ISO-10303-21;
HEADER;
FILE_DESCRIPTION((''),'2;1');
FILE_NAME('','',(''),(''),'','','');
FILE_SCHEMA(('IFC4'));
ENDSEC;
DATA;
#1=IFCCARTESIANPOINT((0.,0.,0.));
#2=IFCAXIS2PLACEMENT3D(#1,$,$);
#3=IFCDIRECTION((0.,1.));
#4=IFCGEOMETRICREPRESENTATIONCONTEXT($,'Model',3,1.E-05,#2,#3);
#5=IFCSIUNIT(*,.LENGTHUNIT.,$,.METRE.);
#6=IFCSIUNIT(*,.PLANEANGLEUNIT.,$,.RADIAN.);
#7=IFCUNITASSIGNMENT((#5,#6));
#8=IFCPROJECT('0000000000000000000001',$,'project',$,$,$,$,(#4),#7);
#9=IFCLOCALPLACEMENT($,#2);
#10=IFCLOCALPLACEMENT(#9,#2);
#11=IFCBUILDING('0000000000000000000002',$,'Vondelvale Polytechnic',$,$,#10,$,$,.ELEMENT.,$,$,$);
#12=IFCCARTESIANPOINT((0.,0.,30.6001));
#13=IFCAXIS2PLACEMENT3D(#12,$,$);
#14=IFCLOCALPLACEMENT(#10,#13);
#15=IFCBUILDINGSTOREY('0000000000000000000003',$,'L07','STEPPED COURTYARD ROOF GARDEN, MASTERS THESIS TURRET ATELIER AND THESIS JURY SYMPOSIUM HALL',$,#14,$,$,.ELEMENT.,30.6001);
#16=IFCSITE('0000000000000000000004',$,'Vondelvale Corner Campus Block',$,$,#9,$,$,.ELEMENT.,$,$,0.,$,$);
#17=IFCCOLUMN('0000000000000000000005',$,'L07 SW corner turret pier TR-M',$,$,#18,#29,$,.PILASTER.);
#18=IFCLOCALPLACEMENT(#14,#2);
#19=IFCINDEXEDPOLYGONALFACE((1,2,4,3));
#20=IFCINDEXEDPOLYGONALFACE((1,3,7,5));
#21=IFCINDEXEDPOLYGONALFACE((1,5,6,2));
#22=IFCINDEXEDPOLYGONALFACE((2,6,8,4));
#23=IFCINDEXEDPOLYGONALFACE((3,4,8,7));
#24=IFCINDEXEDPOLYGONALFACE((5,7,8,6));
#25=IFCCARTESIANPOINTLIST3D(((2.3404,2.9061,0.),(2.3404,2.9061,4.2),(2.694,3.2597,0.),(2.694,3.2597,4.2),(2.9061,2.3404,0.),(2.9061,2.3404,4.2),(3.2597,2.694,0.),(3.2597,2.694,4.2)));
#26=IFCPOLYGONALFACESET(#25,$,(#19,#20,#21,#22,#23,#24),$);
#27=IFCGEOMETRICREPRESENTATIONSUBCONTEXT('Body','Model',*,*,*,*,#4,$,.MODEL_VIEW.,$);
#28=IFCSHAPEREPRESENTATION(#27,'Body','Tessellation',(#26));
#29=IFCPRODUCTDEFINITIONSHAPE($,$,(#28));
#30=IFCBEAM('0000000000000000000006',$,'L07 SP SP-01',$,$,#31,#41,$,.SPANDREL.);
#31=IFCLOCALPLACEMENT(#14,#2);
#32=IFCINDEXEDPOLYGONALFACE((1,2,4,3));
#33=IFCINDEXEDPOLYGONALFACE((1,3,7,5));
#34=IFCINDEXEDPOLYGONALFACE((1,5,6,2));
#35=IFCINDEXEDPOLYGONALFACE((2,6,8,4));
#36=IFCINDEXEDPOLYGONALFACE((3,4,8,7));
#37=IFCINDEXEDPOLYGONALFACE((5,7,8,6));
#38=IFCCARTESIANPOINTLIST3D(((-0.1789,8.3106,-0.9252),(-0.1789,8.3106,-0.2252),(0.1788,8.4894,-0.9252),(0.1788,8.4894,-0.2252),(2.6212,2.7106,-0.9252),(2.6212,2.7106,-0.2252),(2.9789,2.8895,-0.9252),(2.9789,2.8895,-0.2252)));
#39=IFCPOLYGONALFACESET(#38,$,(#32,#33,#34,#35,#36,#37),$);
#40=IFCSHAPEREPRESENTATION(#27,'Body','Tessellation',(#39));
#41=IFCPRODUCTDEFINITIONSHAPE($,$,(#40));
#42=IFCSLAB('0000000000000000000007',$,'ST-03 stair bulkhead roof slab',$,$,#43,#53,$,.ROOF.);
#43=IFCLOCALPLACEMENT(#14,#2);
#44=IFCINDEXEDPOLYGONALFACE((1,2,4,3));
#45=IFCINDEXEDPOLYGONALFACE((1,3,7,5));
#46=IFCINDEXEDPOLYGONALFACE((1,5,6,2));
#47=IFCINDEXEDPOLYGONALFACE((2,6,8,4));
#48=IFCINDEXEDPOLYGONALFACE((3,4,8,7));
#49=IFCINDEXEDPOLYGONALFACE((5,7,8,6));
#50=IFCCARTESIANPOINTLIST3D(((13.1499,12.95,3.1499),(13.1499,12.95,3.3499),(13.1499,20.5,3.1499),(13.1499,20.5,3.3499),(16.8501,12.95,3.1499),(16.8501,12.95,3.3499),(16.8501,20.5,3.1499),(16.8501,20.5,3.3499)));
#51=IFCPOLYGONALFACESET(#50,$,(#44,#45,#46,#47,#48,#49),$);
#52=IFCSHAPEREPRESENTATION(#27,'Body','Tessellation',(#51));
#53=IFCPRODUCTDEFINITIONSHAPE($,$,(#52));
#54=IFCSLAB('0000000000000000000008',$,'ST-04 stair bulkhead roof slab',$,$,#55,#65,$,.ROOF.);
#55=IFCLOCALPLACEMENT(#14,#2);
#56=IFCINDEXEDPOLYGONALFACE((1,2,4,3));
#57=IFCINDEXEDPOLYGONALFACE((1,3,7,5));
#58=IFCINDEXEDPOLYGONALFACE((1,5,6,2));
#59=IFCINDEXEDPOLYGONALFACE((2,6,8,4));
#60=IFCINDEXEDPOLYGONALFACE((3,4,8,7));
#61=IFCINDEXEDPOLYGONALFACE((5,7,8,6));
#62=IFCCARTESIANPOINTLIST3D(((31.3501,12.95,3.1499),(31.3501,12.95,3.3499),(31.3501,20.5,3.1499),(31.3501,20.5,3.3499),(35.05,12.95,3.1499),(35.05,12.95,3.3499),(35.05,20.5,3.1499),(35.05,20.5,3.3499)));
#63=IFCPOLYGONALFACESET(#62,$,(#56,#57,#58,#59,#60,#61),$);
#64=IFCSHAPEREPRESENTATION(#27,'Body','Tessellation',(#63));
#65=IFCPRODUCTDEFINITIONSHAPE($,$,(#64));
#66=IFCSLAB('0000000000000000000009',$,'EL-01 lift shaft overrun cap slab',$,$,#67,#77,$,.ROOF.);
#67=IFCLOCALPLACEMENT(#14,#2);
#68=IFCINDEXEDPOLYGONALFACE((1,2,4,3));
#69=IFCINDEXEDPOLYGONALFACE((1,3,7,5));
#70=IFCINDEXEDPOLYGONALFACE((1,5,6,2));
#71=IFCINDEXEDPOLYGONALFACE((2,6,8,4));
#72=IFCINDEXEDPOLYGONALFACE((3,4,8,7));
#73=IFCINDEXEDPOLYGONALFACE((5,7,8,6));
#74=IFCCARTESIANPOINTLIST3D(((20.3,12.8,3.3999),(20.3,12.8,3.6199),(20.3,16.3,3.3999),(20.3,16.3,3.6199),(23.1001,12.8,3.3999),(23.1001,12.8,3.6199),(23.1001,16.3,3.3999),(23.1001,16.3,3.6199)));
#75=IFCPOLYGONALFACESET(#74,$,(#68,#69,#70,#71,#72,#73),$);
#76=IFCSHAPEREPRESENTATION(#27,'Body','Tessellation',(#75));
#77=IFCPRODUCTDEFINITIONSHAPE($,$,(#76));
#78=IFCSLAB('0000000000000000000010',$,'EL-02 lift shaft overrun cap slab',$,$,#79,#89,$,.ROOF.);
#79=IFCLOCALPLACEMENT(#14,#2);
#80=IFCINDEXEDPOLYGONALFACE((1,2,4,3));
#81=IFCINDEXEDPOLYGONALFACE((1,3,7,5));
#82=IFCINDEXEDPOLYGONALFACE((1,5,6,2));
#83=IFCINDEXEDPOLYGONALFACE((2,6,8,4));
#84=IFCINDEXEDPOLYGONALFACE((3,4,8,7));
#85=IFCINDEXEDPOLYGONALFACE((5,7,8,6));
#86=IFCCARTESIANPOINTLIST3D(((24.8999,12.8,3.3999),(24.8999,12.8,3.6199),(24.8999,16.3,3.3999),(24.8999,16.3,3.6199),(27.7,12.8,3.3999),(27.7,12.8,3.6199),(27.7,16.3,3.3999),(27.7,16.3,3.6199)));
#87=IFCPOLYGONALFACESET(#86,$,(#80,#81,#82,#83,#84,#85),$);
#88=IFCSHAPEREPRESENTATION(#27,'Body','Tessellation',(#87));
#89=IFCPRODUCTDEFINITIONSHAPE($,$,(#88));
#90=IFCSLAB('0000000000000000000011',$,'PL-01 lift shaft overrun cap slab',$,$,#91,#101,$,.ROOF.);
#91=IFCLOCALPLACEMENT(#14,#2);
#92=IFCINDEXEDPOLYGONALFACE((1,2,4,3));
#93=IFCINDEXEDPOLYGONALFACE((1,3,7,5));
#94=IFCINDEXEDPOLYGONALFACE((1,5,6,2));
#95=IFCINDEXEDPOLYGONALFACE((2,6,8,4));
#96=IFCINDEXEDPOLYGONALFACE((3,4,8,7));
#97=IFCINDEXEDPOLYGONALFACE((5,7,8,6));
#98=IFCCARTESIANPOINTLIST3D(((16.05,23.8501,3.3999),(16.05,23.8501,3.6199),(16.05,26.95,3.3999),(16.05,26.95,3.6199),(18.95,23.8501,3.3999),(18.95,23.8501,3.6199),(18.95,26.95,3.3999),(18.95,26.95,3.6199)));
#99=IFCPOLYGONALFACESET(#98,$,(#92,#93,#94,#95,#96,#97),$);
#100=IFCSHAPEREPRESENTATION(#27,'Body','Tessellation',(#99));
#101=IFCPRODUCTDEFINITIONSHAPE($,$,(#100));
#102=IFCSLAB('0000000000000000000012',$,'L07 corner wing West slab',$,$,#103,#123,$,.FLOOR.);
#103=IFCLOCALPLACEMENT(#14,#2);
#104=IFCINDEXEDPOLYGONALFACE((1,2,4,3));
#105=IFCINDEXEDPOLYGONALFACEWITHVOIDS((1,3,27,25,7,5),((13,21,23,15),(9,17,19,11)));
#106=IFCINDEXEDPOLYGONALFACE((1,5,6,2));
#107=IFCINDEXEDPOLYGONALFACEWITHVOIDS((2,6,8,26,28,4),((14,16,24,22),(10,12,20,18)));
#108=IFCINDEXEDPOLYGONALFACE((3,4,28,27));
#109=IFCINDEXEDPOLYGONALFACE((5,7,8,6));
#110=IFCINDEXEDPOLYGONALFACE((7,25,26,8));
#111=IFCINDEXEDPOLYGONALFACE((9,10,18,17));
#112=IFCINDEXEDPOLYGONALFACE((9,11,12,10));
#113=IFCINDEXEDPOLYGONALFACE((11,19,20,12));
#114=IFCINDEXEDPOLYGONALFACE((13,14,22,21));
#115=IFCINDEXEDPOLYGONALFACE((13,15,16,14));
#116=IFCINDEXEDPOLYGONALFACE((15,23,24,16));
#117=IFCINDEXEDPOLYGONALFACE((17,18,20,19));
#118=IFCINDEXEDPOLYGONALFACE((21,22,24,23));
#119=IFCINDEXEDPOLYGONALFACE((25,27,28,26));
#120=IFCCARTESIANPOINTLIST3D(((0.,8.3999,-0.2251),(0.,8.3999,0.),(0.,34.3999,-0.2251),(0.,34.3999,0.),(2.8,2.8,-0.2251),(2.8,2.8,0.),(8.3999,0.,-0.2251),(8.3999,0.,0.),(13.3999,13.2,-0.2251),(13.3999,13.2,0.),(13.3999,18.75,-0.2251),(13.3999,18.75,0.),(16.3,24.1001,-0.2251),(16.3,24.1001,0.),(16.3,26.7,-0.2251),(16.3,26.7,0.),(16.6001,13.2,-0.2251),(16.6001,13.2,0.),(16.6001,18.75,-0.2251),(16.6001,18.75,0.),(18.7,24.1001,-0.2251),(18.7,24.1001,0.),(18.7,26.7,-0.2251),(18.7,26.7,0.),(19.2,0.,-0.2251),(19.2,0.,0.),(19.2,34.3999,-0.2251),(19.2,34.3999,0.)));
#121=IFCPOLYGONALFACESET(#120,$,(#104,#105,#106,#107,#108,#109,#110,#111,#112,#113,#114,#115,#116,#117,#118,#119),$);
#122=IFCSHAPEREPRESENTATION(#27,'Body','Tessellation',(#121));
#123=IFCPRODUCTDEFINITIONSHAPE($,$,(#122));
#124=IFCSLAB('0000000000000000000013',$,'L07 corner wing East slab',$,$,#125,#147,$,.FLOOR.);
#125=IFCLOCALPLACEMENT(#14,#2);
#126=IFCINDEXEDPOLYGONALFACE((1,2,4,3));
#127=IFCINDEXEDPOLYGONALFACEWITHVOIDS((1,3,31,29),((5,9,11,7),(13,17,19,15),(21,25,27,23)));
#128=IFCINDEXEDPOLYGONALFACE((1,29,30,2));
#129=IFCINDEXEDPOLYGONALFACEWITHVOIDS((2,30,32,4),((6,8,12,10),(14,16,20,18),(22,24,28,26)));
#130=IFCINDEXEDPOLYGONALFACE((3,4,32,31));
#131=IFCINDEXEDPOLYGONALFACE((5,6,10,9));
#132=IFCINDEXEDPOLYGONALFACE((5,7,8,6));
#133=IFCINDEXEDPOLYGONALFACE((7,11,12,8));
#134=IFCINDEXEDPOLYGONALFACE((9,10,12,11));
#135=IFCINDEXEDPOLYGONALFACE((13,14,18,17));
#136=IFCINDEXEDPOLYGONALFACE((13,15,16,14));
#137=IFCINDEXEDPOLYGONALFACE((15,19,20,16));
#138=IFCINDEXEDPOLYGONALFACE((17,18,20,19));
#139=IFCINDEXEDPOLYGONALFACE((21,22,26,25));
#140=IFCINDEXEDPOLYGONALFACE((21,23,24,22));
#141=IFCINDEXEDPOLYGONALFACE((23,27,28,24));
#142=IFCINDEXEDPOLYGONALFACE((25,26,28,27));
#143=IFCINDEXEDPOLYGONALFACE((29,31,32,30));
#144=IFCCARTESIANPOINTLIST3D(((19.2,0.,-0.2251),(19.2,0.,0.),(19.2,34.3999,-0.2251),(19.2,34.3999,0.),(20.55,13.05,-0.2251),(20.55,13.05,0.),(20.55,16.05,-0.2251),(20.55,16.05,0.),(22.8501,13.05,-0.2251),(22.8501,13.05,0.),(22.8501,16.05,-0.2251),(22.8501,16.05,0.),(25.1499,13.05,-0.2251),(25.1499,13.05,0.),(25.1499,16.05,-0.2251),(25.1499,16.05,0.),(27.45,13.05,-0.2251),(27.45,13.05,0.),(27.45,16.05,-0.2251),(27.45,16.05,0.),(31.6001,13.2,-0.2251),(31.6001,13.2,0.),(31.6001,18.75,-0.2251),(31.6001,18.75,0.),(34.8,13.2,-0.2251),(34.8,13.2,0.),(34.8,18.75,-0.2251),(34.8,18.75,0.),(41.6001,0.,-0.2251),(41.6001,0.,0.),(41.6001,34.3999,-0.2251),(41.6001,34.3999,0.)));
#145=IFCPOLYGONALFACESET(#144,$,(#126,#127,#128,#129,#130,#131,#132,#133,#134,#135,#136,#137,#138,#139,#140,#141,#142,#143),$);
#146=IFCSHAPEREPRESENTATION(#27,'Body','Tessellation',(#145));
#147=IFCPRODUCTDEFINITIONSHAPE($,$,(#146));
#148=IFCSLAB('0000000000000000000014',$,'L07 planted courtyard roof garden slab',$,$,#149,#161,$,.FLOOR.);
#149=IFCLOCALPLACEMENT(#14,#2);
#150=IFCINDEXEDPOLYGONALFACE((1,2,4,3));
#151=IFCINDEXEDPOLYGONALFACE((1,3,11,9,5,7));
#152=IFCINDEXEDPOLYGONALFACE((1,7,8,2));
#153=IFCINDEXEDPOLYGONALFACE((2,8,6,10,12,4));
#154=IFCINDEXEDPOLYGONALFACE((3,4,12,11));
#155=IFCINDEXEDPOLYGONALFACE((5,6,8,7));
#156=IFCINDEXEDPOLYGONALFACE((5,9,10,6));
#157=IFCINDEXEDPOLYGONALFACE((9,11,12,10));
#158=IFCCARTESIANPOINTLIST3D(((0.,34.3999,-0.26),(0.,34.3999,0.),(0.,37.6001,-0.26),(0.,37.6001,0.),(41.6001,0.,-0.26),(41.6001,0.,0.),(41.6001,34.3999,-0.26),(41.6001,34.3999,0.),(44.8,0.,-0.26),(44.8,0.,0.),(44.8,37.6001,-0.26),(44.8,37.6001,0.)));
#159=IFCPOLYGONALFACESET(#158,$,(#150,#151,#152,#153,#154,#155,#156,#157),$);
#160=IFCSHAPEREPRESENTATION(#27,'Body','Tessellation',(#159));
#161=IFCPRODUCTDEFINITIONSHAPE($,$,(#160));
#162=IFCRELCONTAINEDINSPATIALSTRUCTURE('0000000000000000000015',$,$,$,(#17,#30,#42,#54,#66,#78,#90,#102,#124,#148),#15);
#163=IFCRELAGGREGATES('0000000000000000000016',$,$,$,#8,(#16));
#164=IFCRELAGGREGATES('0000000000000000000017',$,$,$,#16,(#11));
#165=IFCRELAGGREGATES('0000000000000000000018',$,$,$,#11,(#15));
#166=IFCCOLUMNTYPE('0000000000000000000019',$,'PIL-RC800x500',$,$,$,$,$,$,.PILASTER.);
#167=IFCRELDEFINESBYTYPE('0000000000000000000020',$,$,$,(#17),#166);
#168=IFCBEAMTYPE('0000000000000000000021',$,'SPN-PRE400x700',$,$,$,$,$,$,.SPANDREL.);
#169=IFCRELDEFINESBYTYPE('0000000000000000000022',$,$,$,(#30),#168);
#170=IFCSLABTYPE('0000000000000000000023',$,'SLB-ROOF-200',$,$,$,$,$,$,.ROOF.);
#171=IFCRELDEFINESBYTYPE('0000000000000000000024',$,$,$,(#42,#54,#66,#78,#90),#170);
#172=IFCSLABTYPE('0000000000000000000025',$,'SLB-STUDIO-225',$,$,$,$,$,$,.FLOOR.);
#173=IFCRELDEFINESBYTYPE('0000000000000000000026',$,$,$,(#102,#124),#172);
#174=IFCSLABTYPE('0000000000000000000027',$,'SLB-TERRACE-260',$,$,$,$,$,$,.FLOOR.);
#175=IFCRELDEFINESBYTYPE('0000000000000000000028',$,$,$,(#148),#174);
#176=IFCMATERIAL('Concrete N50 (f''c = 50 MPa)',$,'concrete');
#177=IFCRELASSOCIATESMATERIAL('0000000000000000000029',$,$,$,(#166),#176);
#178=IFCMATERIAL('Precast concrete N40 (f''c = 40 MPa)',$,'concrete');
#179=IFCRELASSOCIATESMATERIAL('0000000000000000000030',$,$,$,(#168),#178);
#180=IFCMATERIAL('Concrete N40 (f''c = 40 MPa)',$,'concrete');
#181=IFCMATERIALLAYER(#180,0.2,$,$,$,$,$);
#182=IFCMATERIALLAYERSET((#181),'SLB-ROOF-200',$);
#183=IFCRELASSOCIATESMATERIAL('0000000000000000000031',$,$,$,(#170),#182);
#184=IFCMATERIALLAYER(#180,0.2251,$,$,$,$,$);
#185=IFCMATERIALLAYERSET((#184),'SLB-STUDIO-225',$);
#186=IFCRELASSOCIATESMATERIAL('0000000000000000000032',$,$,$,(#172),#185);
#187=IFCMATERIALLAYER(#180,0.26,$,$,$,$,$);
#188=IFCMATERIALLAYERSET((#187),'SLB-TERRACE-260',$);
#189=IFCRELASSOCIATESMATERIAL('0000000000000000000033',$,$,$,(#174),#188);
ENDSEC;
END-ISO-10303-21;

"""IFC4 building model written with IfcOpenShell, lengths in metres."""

from ifc_helpers import new_model, si_unit, direction, frame, origin, origin_2d, place, context, subcontext, project, spatial, polyline, rectangle, outline, extrude, material, layer, layer_set, material_profile, profile_set, type_object, element, save


model = new_model("IFC4")

# Units and contexts
model_context = context("Model", 3, precision=1e-05, world=origin(), true_north=direction((0.0, 1.0)))
body_context = subcontext(model_context, "Body", "Model", "MODEL_VIEW")
ifc_project = project(units=[si_unit("LENGTHUNIT", "METRE"), si_unit("PLANEANGLEUNIT", "RADIAN")], contexts=[model_context])

# Site, building, storey
site_placement = place(None, origin())
site = spatial("IfcSite", under=ifc_project, at=site_placement, Name="Vondelvale Corner Campus Block", CompositionType="ELEMENT", RefElevation=0.0)
building_placement = place(site_placement, origin())
building = spatial("IfcBuilding", under=site, at=building_placement, Name="Vondelvale Polytechnic", CompositionType="ELEMENT")
storey_placement = place(building_placement, frame((0.0, 0.0, 30.6001)))
storey = spatial("IfcBuildingStorey", under=building, at=storey_placement, Name="L07", Description="STEPPED COURTYARD ROOF GARDEN, MASTERS THESIS TURRET ATELIER AND THESIS JURY SYMPOSIUM HALL", CompositionType="ELEMENT", Elevation=30.6001)

# Column
ifc_material_1 = material(Name="Concrete N50 (f'c = 50 MPa)", Category="concrete")
ifc_material_profile_1 = material_profile(ifc_material_1, rectangle(XDim=0.5, YDim=0.8, at=origin_2d()), Name="RC-PIL-800x500")
ifc_profile_set_1 = profile_set([ifc_material_profile_1], Name="Concrete N50 (f'c = 50 MPa)")
column_type = type_object("IfcColumnType", Name="PIL-RC800x500", PredefinedType="PILASTER", material=ifc_profile_set_1)
column_placement = place(storey_placement, frame((2.8, 2.8, 0.0), z_axis=(0.0, 0.0, 1.0), x_axis=(0.707107, 0.707107, 0.0)))
element("IfcColumn", 1, at=column_placement, inside=storey, type_object=column_type, Name="L07 SW corner turret pier TR-M", PredefinedType="PILASTER", context=body_context, shape_type="SweptSolid", body=[
    extrude(rectangle(XDim=0.5, YDim=0.8, at=origin_2d()), origin(), (0.0, 0.0, 1.0), 4.2),
])

# Beam
ifc_material_2 = material(Name="Precast concrete N40 (f'c = 40 MPa)", Category="concrete")
ifc_material_profile_2 = material_profile(ifc_material_2, rectangle(XDim=0.3999, YDim=0.7, at=origin_2d()), Name="RC-SPN-400x700")
ifc_profile_set_2 = profile_set([ifc_material_profile_2], Name="Precast concrete N40 (f'c = 40 MPa)")
beam_type = type_object("IfcBeamType", Name="SPN-PRE400x700", PredefinedType="SPANDREL", material=ifc_profile_set_2)
beam_placement = place(storey_placement, frame((2.8, 2.8, -0.5752), z_axis=(-0.447229, 0.894419, 0.0), x_axis=(-0.894419, -0.447229, 0.0)))
element("IfcBeam", 2, at=beam_placement, inside=storey, type_object=beam_type, Name="L07 SP SP-01", PredefinedType="SPANDREL", context=body_context, shape_type="SweptSolid", body=[
    extrude(rectangle(XDim=0.3999, YDim=0.7, at=origin_2d()), origin(), (0.0, 0.0, 1.0), 6.261),
])

# Slabs
ifc_material_3 = material(Name="Concrete N40 (f'c = 40 MPa)", Category="concrete")
ifc_layer_1 = layer(ifc_material_3, 0.2)
ifc_layer_set_1 = layer_set([ifc_layer_1], Name="SLB-ROOF-200")
slab_type_1 = type_object("IfcSlabType", Name="SLB-ROOF-200", PredefinedType="ROOF", material=ifc_layer_set_1)
slab_1_placement = place(storey_placement, frame((0.0, 0.0, 3.1499)))
element("IfcSlab", 3, at=slab_1_placement, inside=storey, type_object=slab_type_1, Name="ST-03 stair bulkhead roof slab", PredefinedType="ROOF", context=body_context, shape_type="SweptSolid", body=[
    extrude(outline(polyline([(13.1499, 20.5), (13.1499, 12.95), (16.8501, 12.95), (16.8501, 20.5), (13.1499, 20.5)])), origin(), (0.0, 0.0, 1.0), 0.2),
])
slab_2_placement = place(storey_placement, frame((0.0, 0.0, 3.1499)))
element("IfcSlab", 4, at=slab_2_placement, inside=storey, type_object=slab_type_1, Name="ST-04 stair bulkhead roof slab", PredefinedType="ROOF", context=body_context, shape_type="SweptSolid", body=[
    extrude(outline(polyline([(31.3501, 20.5), (31.3501, 12.95), (35.05, 12.95), (35.05, 20.5), (31.3501, 20.5)])), origin(), (0.0, 0.0, 1.0), 0.2),
])
slab_3_placement = place(storey_placement, frame((0.0, 0.0, 3.3999)))
element("IfcSlab", 5, at=slab_3_placement, inside=storey, type_object=slab_type_1, Name="EL-01 lift shaft overrun cap slab", PredefinedType="ROOF", context=body_context, shape_type="SweptSolid", body=[
    extrude(outline(polyline([(20.3, 12.8), (23.1001, 12.8), (23.1001, 16.3), (20.3, 16.3), (20.3, 12.8)])), origin(), (0.0, 0.0, 1.0), 0.22),
])
slab_4_placement = place(storey_placement, frame((0.0, 0.0, 3.3999)))
element("IfcSlab", 6, at=slab_4_placement, inside=storey, type_object=slab_type_1, Name="EL-02 lift shaft overrun cap slab", PredefinedType="ROOF", context=body_context, shape_type="SweptSolid", body=[
    extrude(outline(polyline([(24.8999, 12.8), (27.7, 12.8), (27.7, 16.3), (24.8999, 16.3), (24.8999, 12.8)])), origin(), (0.0, 0.0, 1.0), 0.22),
])
slab_5_placement = place(storey_placement, frame((0.0, 0.0, 3.3999)))
element("IfcSlab", 7, at=slab_5_placement, inside=storey, type_object=slab_type_1, Name="PL-01 lift shaft overrun cap slab", PredefinedType="ROOF", context=body_context, shape_type="SweptSolid", body=[
    extrude(outline(polyline([(16.05, 23.8501), (18.95, 23.8501), (18.95, 26.95), (16.05, 26.95), (16.05, 23.8501)])), origin(), (0.0, 0.0, 1.0), 0.22),
])
ifc_layer_2 = layer(ifc_material_3, 0.2251)
ifc_layer_set_2 = layer_set([ifc_layer_2], Name="SLB-STUDIO-225")
slab_type_2 = type_object("IfcSlabType", Name="SLB-STUDIO-225", PredefinedType="FLOOR", material=ifc_layer_set_2)
slab_6_placement = place(storey_placement, frame((0.0, 0.0, -0.2251)))
element("IfcSlab", 8, at=slab_6_placement, inside=storey, type_object=slab_type_2, Name="L07 corner wing West slab", PredefinedType="FLOOR", context=body_context, shape_type="SweptSolid", body=[
    extrude(outline(polyline([(8.3999, 0.0), (19.2, 0.0), (19.2, 34.3999), (0.0, 34.3999), (0.0, 8.3999), (2.8, 2.8), (8.3999, 0.0)]), holes=[polyline([(13.3999, 18.75), (13.3999, 13.2), (16.6001, 13.2), (16.6001, 18.75), (13.3999, 18.75)]), polyline([(16.3, 24.1001), (18.7, 24.1001), (18.7, 26.7), (16.3, 26.7), (16.3, 24.1001)])]), origin(), (0.0, 0.0, 1.0), 0.2251),
])
slab_7_placement = place(storey_placement, frame((0.0, 0.0, -0.2251)))
element("IfcSlab", 9, at=slab_7_placement, inside=storey, type_object=slab_type_2, Name="L07 corner wing East slab", PredefinedType="FLOOR", context=body_context, shape_type="SweptSolid", body=[
    extrude(outline(polyline([(19.2, 0.0), (41.6001, 0.0), (41.6001, 34.3999), (19.2, 34.3999), (19.2, 0.0)]), holes=[polyline([(31.6001, 18.75), (31.6001, 13.2), (34.8, 13.2), (34.8, 18.75), (31.6001, 18.75)]), polyline([(20.55, 13.05), (22.8501, 13.05), (22.8501, 16.05), (20.55, 16.05), (20.55, 13.05)]), polyline([(25.1499, 13.05), (27.45, 13.05), (27.45, 16.05), (25.1499, 16.05), (25.1499, 13.05)])]), origin(), (0.0, 0.0, 1.0), 0.2251),
])
ifc_layer_3 = layer(ifc_material_3, 0.26)
ifc_layer_set_3 = layer_set([ifc_layer_3], Name="SLB-TERRACE-260")
slab_type_3 = type_object("IfcSlabType", Name="SLB-TERRACE-260", PredefinedType="FLOOR", material=ifc_layer_set_3)
slab_8_placement = place(storey_placement, frame((0.0, 0.0, -0.26)))
element("IfcSlab", 10, at=slab_8_placement, inside=storey, type_object=slab_type_3, Name="L07 planted courtyard roof garden slab", PredefinedType="FLOOR", context=body_context, shape_type="SweptSolid", body=[
    extrude(outline(polyline([(41.6001, 0.0), (44.8, 0.0), (44.8, 37.6001), (0.0, 37.6001), (0.0, 34.3999), (41.6001, 34.3999), (41.6001, 0.0)])), origin(), (0.0, 0.0, 1.0), 0.26),
])

save(model, "model.ifc")
